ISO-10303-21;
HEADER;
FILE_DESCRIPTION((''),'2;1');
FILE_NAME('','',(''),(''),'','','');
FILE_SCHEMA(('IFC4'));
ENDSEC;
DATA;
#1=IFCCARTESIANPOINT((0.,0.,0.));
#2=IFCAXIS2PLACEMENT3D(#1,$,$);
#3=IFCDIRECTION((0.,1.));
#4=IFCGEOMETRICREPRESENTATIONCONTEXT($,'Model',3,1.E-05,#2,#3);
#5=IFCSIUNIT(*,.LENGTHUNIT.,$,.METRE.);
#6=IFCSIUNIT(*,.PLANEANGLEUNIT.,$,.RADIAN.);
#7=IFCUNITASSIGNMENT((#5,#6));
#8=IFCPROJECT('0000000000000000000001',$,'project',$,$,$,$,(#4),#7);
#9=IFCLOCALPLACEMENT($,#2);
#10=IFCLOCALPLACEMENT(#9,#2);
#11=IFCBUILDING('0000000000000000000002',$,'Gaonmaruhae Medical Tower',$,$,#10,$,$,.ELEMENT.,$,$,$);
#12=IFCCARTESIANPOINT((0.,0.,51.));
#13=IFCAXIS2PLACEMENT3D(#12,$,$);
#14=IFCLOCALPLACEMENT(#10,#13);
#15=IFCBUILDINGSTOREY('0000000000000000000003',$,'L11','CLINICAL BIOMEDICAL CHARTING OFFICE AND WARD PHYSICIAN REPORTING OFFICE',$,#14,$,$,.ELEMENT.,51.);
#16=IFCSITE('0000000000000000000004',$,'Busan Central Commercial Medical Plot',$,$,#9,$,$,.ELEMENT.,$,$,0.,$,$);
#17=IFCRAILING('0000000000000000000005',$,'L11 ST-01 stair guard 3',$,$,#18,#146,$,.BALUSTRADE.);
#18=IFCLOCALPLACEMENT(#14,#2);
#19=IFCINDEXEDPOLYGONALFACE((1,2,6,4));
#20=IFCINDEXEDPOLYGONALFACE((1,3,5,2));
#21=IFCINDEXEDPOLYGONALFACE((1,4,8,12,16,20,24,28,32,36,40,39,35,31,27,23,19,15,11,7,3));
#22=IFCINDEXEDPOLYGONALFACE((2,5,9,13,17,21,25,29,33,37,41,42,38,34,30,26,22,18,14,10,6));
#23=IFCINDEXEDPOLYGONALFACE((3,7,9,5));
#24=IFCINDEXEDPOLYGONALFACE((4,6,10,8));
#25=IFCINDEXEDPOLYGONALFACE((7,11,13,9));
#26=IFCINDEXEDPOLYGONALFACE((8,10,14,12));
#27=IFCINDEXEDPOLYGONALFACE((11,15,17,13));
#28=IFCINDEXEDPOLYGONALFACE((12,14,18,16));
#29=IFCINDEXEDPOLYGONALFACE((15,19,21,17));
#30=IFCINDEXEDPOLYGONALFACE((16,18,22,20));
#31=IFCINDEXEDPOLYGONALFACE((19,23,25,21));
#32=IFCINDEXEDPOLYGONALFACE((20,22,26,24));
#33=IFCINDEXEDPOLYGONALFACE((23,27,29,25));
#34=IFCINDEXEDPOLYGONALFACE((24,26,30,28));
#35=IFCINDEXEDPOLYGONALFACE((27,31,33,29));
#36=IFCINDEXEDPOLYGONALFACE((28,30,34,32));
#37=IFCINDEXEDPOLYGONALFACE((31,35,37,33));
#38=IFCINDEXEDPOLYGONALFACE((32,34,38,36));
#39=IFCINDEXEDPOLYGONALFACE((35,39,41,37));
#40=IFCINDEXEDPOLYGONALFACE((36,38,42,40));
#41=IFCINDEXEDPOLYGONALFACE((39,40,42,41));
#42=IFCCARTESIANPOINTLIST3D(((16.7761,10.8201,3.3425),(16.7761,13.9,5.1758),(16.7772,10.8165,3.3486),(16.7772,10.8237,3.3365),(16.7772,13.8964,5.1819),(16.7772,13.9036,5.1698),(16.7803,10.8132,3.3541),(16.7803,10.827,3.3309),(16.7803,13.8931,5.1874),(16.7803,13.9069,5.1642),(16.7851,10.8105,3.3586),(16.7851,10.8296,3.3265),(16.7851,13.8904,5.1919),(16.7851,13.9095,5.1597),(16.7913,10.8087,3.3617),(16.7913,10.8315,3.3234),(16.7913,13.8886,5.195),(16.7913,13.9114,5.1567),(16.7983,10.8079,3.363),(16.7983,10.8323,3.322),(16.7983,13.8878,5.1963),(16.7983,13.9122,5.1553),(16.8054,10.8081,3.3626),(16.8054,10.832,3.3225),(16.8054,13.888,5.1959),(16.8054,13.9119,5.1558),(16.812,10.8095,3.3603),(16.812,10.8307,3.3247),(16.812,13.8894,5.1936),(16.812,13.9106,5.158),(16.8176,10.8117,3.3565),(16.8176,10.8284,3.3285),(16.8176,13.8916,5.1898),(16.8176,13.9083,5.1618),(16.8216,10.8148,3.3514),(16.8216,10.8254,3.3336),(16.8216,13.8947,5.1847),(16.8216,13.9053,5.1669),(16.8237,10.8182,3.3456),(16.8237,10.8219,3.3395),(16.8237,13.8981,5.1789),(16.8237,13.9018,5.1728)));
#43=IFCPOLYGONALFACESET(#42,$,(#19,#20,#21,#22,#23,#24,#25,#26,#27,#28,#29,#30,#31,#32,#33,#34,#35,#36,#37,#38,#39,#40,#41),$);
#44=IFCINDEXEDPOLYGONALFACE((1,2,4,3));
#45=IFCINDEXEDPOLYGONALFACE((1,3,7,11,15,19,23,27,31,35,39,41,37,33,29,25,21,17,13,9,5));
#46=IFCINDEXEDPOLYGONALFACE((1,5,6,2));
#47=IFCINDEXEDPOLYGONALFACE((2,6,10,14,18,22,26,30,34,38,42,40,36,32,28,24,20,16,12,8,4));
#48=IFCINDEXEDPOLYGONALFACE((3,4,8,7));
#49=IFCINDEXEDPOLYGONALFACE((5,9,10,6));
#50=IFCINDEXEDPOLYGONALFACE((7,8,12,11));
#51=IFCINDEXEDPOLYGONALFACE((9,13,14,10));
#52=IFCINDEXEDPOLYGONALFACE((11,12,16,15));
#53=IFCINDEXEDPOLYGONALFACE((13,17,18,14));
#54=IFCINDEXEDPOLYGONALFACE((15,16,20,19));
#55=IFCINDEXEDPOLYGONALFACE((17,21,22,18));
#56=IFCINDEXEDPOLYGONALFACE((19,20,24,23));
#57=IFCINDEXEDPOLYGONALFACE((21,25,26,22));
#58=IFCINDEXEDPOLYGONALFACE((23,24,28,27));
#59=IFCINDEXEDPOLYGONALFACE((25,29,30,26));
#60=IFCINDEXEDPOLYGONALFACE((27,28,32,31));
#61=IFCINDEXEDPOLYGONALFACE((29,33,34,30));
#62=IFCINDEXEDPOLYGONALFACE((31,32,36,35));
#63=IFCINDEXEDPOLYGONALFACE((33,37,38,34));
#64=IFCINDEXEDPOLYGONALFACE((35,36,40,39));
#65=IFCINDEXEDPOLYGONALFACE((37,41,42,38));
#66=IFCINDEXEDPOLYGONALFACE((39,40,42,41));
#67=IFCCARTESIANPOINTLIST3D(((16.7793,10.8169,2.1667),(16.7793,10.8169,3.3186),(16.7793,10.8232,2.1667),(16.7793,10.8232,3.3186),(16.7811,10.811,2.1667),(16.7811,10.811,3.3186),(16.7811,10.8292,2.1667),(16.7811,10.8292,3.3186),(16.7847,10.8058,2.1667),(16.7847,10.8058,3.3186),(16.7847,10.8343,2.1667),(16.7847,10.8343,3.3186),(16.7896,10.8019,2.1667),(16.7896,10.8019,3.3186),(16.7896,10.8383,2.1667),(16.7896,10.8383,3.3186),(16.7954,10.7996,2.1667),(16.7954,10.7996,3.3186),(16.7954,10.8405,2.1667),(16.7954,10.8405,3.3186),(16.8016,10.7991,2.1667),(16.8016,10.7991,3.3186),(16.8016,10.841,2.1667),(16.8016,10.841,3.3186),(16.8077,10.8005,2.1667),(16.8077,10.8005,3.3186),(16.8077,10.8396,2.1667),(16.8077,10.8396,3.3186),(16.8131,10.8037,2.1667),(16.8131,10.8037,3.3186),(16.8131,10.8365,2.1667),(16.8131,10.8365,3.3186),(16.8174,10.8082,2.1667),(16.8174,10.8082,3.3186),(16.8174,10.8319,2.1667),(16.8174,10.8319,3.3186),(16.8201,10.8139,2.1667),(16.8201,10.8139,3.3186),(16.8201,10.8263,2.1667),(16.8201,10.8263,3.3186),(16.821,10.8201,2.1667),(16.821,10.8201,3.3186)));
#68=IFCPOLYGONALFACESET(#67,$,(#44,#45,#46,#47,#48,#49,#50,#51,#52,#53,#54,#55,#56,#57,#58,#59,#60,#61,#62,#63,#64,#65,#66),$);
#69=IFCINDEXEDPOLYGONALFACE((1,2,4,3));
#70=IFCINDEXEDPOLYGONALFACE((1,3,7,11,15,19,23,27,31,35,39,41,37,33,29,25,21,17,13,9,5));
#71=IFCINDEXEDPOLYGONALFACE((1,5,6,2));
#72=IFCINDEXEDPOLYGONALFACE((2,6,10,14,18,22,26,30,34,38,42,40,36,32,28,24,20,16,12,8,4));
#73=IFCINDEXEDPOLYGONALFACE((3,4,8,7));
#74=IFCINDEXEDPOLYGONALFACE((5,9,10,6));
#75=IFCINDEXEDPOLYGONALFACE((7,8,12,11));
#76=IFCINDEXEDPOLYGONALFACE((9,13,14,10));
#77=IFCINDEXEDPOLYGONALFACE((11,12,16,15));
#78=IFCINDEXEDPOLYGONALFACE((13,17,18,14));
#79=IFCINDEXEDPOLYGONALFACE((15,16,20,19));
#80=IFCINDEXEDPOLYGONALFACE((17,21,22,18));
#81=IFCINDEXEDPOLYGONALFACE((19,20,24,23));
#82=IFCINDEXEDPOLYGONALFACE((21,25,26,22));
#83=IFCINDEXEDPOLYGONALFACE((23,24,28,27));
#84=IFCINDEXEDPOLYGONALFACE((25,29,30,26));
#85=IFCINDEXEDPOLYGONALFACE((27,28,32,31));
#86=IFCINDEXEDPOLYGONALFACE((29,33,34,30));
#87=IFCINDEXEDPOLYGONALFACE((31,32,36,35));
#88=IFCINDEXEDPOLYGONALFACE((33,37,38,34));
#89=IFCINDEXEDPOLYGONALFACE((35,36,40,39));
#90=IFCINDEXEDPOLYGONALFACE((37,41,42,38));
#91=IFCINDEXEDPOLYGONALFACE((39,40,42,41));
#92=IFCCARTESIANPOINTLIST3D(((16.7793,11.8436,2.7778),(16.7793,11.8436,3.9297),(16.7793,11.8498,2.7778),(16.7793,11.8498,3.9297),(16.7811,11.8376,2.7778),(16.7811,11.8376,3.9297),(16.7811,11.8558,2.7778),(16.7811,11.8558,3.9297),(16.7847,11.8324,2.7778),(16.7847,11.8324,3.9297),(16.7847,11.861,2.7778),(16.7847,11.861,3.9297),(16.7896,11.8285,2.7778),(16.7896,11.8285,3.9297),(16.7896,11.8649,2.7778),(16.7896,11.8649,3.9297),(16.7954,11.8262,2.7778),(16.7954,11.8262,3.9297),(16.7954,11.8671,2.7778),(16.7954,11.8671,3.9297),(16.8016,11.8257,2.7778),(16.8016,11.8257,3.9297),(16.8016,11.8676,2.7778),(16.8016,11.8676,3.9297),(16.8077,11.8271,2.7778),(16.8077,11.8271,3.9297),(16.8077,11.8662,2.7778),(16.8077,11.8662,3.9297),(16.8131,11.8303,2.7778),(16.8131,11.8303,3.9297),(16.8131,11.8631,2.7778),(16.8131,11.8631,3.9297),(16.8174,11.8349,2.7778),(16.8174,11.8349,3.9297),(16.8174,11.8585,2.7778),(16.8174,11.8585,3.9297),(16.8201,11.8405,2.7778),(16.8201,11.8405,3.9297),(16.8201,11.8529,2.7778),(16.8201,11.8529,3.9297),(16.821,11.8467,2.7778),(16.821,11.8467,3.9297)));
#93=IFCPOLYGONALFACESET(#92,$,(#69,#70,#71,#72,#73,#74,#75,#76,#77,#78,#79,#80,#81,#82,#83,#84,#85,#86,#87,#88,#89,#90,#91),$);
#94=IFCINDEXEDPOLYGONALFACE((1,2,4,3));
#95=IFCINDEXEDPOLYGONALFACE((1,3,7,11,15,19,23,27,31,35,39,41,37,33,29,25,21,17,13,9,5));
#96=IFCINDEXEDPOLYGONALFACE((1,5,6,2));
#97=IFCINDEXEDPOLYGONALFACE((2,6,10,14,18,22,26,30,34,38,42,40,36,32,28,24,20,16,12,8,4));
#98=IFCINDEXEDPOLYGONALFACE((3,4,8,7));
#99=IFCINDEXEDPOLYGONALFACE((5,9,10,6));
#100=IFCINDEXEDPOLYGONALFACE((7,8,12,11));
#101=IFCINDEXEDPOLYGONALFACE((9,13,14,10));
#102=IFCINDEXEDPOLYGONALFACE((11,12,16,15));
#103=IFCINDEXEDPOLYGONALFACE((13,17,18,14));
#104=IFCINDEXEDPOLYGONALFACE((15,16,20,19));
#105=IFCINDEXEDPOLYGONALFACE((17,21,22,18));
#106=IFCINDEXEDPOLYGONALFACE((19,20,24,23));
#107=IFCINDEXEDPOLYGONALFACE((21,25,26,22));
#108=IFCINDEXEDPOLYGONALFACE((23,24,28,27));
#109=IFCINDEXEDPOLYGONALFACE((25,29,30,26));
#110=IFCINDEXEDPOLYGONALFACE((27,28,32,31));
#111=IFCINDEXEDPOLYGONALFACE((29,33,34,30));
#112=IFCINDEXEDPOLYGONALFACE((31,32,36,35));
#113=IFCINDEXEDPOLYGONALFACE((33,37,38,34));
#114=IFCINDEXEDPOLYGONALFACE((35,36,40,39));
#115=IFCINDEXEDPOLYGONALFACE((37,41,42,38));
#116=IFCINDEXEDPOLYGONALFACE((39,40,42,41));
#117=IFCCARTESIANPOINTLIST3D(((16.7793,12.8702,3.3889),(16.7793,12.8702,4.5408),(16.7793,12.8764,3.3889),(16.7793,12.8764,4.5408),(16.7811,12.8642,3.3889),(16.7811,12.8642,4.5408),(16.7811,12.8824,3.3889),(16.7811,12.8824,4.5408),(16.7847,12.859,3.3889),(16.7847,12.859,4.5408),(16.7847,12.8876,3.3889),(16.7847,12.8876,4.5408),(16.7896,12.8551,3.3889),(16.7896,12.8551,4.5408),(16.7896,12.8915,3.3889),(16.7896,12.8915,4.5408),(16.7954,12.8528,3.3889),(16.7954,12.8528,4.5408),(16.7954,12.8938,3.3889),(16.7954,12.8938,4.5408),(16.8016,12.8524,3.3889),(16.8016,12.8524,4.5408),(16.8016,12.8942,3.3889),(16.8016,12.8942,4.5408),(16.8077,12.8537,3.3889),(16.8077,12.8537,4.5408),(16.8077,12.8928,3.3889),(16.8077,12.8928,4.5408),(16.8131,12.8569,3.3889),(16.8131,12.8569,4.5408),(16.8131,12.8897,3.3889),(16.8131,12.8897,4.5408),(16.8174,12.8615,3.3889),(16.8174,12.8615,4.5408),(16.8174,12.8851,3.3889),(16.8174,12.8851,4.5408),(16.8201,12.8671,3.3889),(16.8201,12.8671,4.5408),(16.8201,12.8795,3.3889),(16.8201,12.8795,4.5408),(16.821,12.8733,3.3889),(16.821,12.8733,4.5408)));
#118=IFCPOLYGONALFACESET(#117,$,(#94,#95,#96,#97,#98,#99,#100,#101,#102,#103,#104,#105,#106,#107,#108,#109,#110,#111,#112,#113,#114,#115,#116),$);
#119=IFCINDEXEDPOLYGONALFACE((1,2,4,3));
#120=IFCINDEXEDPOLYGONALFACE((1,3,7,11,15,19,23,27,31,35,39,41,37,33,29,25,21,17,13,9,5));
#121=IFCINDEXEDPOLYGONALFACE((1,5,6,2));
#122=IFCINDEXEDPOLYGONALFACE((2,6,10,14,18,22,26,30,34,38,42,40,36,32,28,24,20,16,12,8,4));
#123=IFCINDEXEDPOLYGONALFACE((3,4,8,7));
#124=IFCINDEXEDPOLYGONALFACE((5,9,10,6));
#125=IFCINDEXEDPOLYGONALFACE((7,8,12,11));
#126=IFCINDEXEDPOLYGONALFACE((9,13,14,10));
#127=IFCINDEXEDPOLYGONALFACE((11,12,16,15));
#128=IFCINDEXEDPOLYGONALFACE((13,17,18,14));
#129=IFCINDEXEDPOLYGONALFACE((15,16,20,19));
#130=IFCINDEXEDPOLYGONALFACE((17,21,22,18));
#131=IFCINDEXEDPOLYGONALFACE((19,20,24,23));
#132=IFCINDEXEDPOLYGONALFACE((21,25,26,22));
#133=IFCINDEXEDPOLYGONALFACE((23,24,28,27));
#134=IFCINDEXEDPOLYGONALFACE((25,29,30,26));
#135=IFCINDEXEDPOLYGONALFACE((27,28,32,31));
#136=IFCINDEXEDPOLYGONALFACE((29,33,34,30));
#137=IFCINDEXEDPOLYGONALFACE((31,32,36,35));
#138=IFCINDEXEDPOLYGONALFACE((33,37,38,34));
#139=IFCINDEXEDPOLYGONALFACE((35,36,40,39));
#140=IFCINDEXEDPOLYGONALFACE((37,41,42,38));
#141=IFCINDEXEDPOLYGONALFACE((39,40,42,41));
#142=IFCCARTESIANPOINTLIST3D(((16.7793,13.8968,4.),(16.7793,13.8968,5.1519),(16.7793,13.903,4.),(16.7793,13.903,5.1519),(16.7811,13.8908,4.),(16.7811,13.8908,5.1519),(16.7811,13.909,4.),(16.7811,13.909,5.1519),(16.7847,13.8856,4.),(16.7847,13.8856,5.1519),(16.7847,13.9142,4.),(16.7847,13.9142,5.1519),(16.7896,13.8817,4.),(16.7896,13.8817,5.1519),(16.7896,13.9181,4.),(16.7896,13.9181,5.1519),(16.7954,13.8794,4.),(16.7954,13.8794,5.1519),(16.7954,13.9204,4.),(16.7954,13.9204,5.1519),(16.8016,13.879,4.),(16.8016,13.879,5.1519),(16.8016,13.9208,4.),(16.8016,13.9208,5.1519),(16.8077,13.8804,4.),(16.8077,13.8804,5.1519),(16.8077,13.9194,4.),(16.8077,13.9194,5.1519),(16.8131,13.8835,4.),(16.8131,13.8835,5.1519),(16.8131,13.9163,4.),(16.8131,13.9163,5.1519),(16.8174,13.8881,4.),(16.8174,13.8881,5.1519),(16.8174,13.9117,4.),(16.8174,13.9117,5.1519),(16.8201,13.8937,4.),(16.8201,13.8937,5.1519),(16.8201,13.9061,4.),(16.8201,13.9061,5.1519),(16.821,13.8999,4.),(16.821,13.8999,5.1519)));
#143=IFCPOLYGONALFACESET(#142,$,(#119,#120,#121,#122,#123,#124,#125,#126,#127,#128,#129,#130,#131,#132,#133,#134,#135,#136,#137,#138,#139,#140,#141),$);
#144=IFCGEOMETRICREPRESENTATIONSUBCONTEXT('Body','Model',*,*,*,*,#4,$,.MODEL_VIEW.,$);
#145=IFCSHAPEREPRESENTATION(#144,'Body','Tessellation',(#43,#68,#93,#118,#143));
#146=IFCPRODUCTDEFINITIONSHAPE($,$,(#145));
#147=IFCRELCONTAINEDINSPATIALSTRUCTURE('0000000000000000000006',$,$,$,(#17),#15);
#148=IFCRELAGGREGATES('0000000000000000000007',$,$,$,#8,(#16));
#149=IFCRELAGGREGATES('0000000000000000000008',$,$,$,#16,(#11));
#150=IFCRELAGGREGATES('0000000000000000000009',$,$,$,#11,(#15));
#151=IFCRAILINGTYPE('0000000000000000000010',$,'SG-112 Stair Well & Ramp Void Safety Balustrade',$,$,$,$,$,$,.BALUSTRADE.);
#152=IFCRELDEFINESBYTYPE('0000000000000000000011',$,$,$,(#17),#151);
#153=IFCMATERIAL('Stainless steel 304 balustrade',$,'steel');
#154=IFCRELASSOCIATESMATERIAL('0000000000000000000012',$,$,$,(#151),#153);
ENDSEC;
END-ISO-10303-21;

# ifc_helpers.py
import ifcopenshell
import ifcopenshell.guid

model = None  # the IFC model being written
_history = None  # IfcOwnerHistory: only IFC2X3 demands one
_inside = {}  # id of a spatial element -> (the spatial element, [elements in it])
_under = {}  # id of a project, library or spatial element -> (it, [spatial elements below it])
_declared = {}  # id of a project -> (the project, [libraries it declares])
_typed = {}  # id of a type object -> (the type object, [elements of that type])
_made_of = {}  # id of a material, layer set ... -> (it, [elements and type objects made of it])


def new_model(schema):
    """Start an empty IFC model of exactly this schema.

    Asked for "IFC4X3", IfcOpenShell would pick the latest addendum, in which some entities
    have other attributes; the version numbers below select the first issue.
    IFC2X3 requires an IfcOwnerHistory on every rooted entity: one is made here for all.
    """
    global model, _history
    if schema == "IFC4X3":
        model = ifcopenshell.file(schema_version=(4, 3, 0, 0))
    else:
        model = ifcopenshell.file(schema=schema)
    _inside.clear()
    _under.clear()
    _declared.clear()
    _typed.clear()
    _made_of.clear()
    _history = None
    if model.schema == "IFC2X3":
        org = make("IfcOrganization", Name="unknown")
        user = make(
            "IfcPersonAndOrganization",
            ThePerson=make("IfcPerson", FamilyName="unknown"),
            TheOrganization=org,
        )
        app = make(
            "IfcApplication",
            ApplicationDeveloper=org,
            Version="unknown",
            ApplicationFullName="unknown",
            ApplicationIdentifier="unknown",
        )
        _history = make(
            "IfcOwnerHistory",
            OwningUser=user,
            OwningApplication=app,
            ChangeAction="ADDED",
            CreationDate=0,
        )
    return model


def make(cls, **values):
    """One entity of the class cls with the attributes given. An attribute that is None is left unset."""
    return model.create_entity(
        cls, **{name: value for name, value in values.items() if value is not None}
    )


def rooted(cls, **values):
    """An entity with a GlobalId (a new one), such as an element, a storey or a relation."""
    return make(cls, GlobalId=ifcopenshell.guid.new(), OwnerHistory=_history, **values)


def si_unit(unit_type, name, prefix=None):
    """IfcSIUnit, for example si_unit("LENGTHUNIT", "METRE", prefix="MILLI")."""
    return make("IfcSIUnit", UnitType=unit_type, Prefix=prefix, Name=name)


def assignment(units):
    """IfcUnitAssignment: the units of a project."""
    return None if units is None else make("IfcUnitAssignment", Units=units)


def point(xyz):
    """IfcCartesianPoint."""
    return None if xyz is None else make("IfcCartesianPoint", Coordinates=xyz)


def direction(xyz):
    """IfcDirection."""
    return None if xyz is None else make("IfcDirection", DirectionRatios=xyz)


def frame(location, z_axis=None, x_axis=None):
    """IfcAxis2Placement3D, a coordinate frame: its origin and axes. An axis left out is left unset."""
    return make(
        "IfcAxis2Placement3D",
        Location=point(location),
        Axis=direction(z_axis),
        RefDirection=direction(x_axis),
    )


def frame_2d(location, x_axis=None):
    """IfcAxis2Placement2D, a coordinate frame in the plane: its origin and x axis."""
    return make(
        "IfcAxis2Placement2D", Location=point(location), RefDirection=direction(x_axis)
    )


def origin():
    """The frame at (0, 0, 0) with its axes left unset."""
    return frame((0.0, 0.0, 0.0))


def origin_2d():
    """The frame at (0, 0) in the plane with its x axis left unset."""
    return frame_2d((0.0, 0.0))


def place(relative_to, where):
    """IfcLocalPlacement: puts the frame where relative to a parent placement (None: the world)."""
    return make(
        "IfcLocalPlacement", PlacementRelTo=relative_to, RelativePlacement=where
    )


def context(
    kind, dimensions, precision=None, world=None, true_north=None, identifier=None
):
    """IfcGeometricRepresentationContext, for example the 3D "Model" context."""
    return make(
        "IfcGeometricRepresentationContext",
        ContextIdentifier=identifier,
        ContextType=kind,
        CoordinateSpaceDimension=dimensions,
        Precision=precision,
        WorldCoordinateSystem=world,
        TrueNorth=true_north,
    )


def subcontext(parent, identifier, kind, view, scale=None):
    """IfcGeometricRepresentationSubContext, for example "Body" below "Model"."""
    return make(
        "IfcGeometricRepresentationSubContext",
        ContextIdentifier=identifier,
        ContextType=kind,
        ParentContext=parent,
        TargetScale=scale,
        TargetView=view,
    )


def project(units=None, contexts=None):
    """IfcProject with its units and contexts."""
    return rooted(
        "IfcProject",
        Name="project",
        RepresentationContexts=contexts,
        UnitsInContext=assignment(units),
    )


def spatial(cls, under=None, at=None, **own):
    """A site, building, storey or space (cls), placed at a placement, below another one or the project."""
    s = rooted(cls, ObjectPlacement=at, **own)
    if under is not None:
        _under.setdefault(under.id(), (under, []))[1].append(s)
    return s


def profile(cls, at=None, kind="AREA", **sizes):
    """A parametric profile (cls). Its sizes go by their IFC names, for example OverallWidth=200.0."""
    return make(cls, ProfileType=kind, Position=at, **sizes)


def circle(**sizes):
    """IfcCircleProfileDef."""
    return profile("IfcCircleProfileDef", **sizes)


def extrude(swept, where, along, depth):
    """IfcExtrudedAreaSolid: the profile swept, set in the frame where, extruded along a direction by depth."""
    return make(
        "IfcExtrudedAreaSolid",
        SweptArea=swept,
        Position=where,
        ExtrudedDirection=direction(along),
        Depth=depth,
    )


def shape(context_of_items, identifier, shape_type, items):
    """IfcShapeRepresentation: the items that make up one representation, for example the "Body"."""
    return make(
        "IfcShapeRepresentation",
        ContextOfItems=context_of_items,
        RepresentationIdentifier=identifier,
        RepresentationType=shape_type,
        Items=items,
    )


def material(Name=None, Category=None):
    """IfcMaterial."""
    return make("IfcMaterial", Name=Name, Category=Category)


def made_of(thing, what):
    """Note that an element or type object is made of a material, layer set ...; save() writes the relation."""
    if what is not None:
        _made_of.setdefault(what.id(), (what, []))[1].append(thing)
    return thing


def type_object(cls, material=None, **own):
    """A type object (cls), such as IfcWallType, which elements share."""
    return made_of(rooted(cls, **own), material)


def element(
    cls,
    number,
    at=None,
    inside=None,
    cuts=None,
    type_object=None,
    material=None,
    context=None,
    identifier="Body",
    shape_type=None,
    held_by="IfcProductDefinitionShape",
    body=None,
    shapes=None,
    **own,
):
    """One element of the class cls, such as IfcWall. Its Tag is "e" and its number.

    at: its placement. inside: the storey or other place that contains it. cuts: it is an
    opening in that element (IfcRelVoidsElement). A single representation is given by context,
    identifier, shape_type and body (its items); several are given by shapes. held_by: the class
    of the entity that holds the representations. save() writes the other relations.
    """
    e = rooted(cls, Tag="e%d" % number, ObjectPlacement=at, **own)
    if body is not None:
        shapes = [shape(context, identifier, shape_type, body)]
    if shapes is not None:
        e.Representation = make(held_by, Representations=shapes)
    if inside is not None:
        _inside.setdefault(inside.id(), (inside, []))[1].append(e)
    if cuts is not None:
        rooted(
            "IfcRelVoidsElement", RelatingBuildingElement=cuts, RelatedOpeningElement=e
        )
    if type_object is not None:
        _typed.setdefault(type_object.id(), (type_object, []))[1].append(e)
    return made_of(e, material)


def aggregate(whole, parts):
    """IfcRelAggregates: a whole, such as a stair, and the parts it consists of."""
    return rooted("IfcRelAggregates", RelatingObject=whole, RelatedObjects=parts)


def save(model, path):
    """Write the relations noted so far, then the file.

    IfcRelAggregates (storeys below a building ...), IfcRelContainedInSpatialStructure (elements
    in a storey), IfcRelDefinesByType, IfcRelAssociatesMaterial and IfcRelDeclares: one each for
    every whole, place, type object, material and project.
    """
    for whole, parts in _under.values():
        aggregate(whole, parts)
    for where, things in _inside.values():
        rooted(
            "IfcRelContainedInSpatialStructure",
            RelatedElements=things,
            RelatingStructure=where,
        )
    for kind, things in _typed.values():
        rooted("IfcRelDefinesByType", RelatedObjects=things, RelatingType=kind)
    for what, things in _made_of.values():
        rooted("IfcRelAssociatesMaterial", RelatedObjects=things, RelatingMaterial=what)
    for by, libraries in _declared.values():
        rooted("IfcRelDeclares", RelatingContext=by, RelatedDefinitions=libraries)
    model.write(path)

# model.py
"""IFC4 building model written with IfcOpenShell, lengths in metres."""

from ifc_helpers import new_model, si_unit, direction, frame, origin, origin_2d, place, context, subcontext, project, spatial, circle, extrude, material, type_object, element, save


model = new_model("IFC4")

# Units and contexts
model_context = context("Model", 3, precision=1e-05, world=origin(), true_north=direction((0.0, 1.0)))
body_context = subcontext(model_context, "Body", "Model", "MODEL_VIEW")
ifc_project = project(units=[si_unit("LENGTHUNIT", "METRE"), si_unit("PLANEANGLEUNIT", "RADIAN")], contexts=[model_context])

# Site, building, storey
site_placement = place(None, origin())
site = spatial("IfcSite", under=ifc_project, at=site_placement, Name="Busan Central Commercial Medical Plot", CompositionType="ELEMENT", RefElevation=0.0)
building_placement = place(site_placement, origin())
building = spatial("IfcBuilding", under=site, at=building_placement, Name="Gaonmaruhae Medical Tower", CompositionType="ELEMENT")
storey_placement = place(building_placement, frame((0.0, 0.0, 51.0)))
storey = spatial("IfcBuildingStorey", under=building, at=storey_placement, Name="L11", Description="CLINICAL BIOMEDICAL CHARTING OFFICE AND WARD PHYSICIAN REPORTING OFFICE", CompositionType="ELEMENT", Elevation=51.0)

# Railing
ifc_material_1 = material(Name="Stainless steel 304 balustrade", Category="steel")
railing_type_1 = type_object("IfcRailingType", Name="SG-112 Stair Well & Ramp Void Safety Balustrade", PredefinedType="BALUSTRADE", material=ifc_material_1)
railing_1_placement = place(storey_placement, frame((16.8, 10.8201, 2.1667)))
element("IfcRailing", 1, at=railing_1_placement, inside=storey, type_object=railing_type_1, Name="L11 ST-01 stair guard 3", PredefinedType="BALUSTRADE", context=body_context, shape_type="SweptSolid", body=[
    extrude(circle(Radius=0.0239, at=origin_2d()), frame((0.0, 0.0, 1.1758), z_axis=(0.0, 0.859291, 0.511487), x_axis=(-1.0, 0.0, 0.0)), (0.0, 0.0, 1.0), 3.5842),
    extrude(circle(Radius=0.021, at=origin_2d()), origin(), (0.0, 0.0, 1.0), 1.1519),
    extrude(circle(Radius=0.021, at=origin_2d()), frame((0.0, 1.0266, 0.6111)), (0.0, 0.0, 1.0), 1.1519),
    extrude(circle(Radius=0.021, at=origin_2d()), frame((0.0, 2.0532, 1.2222)), (0.0, 0.0, 1.0), 1.1519),
    extrude(circle(Radius=0.021, at=origin_2d()), frame((0.0, 3.0798, 1.8333)), (0.0, 0.0, 1.0), 1.1519),
])

save(model, "model.ifc")
